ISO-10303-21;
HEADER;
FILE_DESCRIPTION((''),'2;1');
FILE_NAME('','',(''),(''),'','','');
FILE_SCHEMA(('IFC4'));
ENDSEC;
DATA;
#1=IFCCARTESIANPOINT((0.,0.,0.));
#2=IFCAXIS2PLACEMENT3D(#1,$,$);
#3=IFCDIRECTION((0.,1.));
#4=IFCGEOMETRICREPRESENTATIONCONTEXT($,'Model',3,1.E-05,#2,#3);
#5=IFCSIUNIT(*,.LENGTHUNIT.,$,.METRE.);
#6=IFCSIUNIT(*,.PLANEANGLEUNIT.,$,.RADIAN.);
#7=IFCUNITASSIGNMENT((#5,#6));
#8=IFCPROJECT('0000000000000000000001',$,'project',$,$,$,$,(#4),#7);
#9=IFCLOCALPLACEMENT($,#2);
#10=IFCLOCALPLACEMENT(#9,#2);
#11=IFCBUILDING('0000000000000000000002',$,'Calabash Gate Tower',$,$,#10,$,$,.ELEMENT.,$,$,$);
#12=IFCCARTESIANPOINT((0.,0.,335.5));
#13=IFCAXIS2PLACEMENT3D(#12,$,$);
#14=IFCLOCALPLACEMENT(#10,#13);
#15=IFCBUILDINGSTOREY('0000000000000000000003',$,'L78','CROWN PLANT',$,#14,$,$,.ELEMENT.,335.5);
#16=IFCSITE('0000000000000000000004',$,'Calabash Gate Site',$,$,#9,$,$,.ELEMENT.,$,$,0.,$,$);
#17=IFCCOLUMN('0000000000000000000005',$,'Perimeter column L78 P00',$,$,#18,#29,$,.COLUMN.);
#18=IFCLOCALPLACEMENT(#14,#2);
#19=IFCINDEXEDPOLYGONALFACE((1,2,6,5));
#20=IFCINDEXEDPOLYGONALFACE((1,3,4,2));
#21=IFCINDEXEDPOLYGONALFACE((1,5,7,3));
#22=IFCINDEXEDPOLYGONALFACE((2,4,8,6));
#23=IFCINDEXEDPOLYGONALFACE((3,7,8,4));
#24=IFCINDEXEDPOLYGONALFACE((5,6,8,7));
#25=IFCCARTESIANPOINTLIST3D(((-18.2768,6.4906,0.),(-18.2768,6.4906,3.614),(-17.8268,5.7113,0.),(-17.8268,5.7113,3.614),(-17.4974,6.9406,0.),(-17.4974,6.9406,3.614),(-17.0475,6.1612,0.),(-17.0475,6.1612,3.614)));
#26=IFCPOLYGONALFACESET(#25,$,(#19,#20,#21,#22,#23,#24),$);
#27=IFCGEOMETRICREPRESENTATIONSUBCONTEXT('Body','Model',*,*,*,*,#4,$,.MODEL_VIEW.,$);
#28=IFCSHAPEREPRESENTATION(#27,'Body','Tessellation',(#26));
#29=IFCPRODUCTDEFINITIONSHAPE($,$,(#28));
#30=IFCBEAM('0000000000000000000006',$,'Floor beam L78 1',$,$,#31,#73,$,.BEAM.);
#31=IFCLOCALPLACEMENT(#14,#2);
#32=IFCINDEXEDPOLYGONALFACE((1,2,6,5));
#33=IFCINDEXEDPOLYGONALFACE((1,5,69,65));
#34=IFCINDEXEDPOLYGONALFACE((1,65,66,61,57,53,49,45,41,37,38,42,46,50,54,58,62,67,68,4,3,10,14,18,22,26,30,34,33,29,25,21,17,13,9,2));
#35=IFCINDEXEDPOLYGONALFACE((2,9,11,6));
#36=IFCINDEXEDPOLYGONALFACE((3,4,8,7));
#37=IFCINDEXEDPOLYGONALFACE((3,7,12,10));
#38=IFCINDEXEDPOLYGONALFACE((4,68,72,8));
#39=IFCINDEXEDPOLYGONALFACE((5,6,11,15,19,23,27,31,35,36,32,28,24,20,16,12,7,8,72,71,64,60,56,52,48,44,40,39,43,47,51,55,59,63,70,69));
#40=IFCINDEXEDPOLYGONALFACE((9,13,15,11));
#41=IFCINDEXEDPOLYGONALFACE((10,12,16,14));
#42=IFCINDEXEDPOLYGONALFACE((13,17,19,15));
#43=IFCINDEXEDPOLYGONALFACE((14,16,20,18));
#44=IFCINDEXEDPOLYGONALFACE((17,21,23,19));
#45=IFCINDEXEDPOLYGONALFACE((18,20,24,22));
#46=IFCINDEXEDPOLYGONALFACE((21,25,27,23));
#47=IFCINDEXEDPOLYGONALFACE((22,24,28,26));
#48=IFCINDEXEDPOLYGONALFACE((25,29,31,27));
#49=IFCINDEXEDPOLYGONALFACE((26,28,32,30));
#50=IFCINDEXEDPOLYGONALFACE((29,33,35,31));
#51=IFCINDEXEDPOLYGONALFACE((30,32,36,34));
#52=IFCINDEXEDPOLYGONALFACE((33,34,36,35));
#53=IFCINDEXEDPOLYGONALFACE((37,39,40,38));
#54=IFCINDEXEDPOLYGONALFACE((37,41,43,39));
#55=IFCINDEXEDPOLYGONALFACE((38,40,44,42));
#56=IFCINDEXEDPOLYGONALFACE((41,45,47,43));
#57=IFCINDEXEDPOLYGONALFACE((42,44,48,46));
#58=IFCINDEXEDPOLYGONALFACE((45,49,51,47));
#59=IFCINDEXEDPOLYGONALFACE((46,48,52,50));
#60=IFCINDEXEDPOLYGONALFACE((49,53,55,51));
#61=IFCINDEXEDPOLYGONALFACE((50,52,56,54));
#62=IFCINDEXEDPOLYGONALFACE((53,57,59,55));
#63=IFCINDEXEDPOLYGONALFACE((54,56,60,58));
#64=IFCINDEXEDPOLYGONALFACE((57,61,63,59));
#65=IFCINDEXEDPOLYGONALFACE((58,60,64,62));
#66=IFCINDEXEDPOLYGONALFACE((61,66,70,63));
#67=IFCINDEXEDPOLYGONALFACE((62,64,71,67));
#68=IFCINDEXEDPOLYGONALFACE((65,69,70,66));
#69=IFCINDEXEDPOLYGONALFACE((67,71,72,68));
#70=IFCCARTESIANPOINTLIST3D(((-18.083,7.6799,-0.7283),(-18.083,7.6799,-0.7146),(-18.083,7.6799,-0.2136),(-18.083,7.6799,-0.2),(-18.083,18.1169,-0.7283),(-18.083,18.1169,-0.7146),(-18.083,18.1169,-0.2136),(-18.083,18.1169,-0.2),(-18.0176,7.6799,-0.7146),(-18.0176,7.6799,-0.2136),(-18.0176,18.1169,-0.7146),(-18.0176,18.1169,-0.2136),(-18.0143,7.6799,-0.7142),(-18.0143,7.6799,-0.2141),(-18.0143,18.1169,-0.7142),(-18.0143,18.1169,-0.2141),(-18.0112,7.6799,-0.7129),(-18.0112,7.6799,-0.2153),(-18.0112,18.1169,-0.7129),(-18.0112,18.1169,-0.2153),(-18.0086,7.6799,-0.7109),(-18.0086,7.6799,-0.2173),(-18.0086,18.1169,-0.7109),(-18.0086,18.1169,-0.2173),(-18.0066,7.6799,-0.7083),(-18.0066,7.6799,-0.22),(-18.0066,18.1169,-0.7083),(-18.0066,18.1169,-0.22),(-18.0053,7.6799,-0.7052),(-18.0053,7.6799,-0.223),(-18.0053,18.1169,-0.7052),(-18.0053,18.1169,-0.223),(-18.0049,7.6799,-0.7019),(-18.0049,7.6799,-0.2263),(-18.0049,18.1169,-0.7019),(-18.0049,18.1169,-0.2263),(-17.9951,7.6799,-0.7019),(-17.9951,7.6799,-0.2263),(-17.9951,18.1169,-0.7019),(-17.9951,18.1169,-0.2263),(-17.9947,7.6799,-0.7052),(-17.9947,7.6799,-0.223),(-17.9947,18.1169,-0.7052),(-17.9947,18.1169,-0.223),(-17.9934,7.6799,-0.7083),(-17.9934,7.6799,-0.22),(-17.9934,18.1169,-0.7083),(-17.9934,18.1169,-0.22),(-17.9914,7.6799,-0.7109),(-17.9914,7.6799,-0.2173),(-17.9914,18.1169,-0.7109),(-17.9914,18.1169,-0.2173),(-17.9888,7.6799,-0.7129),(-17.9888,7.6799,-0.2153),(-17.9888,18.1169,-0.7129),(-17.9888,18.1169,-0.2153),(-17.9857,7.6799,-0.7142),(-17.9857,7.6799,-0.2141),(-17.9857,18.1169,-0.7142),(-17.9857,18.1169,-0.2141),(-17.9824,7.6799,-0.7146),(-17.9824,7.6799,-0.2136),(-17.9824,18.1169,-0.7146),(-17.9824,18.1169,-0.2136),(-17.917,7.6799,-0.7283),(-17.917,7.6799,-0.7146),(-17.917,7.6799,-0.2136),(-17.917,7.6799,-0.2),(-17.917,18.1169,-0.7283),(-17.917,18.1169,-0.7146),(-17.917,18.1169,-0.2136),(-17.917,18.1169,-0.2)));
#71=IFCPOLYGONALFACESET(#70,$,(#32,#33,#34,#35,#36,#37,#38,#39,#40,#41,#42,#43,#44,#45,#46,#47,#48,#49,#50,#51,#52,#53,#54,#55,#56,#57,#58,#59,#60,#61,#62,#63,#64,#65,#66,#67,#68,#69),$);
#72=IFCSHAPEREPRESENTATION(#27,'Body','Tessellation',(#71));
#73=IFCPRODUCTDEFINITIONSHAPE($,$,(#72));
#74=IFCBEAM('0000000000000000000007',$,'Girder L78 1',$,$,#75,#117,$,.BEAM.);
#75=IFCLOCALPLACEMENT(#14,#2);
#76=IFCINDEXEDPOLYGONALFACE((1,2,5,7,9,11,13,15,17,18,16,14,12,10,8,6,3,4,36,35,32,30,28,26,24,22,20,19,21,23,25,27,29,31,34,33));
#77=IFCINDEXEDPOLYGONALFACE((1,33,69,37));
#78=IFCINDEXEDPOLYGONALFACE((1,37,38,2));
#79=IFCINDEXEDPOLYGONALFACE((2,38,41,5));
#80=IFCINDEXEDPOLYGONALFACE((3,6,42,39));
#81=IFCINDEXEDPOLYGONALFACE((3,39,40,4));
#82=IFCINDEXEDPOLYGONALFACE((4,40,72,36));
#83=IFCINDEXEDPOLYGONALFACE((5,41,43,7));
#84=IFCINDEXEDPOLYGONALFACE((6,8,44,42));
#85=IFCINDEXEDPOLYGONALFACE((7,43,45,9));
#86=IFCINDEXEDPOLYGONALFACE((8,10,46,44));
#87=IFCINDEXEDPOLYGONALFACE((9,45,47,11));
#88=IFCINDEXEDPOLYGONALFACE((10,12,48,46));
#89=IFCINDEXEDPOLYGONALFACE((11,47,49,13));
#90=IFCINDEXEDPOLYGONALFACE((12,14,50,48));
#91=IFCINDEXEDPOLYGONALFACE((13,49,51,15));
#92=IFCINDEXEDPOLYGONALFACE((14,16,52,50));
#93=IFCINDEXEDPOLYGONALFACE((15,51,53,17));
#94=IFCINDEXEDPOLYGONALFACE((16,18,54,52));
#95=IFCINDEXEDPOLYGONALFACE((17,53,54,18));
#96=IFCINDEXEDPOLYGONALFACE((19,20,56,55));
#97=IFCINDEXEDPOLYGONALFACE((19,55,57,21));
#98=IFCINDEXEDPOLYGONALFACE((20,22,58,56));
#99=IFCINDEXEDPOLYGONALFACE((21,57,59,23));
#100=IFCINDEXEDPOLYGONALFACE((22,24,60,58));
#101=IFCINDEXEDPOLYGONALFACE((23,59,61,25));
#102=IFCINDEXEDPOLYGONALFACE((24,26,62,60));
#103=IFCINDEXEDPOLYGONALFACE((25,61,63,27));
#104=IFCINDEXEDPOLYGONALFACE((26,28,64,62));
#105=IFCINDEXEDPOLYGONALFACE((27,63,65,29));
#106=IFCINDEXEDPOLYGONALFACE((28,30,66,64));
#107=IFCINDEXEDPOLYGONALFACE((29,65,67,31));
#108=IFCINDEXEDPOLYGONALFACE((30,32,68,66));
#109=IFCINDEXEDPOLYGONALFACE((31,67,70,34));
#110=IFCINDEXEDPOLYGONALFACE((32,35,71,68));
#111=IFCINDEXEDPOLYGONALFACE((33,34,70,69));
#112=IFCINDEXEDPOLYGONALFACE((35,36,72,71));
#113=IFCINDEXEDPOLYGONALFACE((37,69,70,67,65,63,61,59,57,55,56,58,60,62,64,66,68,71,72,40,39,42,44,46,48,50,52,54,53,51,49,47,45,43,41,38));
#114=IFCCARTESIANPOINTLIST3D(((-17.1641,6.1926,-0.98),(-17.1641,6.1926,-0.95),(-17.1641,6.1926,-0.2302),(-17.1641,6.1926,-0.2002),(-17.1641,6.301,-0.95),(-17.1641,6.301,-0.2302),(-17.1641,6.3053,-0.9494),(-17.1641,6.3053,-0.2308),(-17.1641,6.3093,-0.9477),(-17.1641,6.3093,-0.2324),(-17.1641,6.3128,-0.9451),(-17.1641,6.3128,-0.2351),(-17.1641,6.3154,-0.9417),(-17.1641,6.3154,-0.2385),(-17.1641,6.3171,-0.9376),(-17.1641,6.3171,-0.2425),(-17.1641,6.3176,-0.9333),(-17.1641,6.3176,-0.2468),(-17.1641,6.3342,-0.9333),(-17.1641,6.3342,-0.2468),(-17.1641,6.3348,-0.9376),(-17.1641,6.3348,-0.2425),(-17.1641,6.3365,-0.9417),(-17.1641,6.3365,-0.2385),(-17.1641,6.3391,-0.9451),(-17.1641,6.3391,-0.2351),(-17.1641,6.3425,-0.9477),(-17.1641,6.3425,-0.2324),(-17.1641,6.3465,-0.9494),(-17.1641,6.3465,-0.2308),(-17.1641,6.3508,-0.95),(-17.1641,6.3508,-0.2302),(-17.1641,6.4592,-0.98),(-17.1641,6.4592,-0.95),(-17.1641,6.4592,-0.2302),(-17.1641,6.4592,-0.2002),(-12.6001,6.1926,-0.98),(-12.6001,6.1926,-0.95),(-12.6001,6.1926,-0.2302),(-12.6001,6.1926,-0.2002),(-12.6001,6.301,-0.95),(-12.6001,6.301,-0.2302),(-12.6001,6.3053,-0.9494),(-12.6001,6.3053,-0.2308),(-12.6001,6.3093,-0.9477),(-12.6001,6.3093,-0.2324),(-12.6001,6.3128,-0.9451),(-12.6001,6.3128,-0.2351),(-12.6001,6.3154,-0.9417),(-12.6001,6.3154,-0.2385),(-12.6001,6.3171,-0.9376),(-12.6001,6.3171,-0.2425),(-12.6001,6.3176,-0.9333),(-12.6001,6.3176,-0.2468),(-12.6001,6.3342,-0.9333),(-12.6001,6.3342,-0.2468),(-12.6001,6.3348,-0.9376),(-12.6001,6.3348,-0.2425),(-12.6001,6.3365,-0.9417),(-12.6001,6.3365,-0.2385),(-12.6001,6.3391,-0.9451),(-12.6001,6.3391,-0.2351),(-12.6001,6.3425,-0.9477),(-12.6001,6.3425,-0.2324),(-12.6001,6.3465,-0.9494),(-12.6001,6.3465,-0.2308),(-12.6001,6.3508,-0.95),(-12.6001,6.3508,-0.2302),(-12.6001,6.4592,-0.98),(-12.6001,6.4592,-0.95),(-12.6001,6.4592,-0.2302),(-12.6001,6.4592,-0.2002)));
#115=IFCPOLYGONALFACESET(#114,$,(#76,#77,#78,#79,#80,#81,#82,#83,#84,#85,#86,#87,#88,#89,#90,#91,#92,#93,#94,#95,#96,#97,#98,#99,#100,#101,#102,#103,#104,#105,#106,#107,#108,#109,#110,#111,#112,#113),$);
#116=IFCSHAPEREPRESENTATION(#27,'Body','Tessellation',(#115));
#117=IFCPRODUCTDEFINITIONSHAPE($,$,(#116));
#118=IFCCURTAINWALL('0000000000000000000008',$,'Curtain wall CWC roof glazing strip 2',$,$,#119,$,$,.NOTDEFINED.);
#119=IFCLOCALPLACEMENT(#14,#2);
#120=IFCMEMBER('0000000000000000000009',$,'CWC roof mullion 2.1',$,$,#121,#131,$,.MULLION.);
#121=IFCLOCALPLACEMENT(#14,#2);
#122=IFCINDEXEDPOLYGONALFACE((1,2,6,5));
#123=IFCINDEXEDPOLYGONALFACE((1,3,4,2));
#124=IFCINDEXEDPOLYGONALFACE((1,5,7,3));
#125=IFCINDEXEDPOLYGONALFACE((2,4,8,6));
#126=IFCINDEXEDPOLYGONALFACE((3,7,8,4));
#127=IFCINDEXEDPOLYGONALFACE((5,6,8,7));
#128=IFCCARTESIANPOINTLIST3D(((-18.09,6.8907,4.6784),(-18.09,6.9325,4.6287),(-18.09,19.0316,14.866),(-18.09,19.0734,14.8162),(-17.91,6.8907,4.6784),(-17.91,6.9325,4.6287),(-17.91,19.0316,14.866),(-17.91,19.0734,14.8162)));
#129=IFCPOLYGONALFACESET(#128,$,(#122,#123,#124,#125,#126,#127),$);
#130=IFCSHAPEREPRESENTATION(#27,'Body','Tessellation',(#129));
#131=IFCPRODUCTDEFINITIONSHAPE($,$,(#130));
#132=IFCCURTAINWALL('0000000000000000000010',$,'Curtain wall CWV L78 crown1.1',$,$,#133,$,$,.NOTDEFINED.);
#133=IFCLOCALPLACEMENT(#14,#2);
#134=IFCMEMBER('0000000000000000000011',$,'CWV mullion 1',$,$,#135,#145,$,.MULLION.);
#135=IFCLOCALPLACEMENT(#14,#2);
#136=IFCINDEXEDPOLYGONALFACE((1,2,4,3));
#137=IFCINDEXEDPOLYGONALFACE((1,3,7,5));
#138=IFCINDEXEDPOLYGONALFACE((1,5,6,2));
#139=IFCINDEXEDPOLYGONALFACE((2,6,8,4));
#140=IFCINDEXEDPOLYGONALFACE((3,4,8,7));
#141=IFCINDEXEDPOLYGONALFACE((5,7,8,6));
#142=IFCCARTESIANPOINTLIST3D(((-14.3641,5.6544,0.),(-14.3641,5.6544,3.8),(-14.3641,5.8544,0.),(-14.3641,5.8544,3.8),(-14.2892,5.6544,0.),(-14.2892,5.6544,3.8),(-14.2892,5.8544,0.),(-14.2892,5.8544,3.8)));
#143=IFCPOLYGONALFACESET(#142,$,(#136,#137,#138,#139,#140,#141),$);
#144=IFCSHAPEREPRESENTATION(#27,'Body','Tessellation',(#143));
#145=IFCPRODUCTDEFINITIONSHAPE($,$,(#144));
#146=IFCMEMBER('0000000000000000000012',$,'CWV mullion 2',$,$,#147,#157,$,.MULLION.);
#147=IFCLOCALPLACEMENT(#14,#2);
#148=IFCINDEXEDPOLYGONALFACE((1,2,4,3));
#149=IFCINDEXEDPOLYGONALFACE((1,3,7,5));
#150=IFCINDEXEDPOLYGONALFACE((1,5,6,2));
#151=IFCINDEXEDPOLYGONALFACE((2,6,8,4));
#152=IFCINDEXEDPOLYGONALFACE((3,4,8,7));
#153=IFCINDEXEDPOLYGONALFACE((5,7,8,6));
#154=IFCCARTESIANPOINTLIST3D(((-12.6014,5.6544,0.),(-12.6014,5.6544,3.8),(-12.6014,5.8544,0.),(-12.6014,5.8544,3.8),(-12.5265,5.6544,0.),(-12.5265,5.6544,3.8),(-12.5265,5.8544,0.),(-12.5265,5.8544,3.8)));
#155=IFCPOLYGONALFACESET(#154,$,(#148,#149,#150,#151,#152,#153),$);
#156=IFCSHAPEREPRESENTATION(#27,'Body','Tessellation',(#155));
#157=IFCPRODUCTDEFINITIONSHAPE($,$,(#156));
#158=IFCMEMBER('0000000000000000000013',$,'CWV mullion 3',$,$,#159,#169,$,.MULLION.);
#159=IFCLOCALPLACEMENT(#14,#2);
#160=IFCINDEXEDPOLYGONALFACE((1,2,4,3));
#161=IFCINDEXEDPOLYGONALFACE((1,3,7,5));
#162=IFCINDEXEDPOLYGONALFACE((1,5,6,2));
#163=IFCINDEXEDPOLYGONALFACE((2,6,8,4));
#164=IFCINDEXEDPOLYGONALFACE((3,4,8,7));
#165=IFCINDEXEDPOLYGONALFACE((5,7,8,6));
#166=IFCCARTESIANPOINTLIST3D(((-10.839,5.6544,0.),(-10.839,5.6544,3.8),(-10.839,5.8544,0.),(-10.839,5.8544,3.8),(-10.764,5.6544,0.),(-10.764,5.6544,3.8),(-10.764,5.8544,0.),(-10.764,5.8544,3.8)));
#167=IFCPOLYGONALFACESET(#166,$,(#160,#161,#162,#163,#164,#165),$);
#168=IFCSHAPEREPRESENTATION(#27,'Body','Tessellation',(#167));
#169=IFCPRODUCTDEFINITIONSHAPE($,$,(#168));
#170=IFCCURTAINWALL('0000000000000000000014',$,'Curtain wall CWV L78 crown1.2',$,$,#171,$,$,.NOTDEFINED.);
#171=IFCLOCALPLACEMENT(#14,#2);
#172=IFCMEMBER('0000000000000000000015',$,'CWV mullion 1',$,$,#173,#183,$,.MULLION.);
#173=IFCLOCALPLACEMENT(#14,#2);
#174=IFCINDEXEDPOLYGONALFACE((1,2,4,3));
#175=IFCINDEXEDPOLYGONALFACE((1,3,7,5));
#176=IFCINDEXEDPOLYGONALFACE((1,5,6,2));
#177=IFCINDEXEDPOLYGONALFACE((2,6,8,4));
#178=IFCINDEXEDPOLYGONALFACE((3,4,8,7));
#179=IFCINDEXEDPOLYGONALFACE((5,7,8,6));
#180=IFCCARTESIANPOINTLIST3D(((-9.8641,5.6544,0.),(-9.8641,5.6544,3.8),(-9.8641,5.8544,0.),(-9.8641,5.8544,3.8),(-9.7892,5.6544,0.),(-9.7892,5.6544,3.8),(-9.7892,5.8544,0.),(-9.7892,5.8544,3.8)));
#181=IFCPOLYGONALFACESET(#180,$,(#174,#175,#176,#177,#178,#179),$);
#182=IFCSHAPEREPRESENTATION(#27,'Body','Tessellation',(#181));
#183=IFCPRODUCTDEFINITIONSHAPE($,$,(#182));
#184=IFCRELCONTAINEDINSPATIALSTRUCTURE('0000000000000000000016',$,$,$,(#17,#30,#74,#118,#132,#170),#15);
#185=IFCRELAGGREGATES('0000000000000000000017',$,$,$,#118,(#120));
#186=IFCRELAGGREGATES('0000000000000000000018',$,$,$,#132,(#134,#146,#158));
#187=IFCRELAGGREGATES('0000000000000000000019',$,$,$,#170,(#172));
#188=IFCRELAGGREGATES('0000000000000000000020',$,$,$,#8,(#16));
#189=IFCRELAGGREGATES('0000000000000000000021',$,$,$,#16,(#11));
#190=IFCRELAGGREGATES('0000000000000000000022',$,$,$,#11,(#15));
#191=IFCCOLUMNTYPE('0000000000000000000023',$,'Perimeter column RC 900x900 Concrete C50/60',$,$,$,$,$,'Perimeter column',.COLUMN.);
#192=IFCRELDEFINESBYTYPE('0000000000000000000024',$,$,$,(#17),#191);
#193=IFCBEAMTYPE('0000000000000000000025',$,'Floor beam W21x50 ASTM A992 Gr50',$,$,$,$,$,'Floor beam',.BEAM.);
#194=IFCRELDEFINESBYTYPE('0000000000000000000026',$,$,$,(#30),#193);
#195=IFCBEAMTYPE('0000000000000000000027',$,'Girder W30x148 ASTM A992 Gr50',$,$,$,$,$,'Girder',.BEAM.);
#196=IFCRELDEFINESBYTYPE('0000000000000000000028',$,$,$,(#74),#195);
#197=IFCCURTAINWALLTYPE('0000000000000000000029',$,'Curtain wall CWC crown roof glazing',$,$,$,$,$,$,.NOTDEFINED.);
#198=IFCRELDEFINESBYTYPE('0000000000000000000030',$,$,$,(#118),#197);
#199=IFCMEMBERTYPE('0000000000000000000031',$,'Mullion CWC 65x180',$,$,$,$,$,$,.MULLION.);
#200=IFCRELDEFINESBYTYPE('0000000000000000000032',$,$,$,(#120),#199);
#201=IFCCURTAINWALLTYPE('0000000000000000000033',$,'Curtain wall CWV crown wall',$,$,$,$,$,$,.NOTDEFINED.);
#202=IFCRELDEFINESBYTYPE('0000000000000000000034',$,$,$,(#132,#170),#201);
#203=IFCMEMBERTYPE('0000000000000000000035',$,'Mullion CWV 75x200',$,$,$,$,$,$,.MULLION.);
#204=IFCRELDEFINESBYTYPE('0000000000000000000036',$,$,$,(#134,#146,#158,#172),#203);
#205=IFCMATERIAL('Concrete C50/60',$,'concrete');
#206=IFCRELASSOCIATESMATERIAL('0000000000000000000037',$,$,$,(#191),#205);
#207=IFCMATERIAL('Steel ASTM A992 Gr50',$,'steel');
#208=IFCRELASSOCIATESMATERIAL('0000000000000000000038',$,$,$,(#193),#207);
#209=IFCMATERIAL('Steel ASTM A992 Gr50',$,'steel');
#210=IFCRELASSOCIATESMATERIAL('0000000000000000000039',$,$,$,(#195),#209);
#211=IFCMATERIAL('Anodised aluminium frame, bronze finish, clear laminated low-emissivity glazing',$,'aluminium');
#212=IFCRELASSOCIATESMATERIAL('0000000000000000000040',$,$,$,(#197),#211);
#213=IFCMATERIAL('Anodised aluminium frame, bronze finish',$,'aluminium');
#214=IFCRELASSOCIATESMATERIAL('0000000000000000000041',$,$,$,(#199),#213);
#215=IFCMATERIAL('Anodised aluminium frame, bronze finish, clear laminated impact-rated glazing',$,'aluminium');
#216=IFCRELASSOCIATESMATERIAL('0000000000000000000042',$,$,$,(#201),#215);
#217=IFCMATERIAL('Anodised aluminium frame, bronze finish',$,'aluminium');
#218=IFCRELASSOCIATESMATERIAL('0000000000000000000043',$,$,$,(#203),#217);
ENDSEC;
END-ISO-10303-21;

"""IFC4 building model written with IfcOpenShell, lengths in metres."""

from ifc_helpers import new_model, si_unit, direction, frame, origin, origin_2d, place, context, subcontext, project, spatial, rectangle, i_section, extrude, material, material_profile, profile_set, type_object, element, aggregate, save


model = new_model("IFC4")

# Units and contexts
model_context = context("Model", 3, precision=1e-05, world=origin(), true_north=direction((0.0, 1.0)))
body_context = subcontext(model_context, "Body", "Model", "MODEL_VIEW")
ifc_project = project(units=[si_unit("LENGTHUNIT", "METRE"), si_unit("PLANEANGLEUNIT", "RADIAN")], contexts=[model_context])

# Site, building, storey
site_placement = place(None, origin())
site = spatial("IfcSite", under=ifc_project, at=site_placement, Name="Calabash Gate Site", CompositionType="ELEMENT", RefElevation=0.0)
building_placement = place(site_placement, origin())
building = spatial("IfcBuilding", under=site, at=building_placement, Name="Calabash Gate Tower", CompositionType="ELEMENT")
storey_placement = place(building_placement, frame((0.0, 0.0, 335.5)))
storey = spatial("IfcBuildingStorey", under=building, at=storey_placement, Name="L78", Description="CROWN PLANT", CompositionType="ELEMENT", Elevation=335.5)

# Column
ifc_material_1 = material(Name="Concrete C50/60", Category="concrete")
ifc_material_profile_1 = material_profile(ifc_material_1, rectangle(XDim=0.8999, YDim=0.8999, at=origin_2d()))
ifc_profile_set_1 = profile_set([ifc_material_profile_1], Name="Concrete C50/60")
column_type = type_object("IfcColumnType", Name="Perimeter column RC 900x900 Concrete C50/60", ElementType="Perimeter column", PredefinedType="COLUMN", material=ifc_profile_set_1)
column_placement = place(storey_placement, frame((-17.6621, 6.3259, 0.0), z_axis=(0.0, 0.0, 1.0), x_axis=(0.5, -0.866025, 0.0)))
element("IfcColumn", 1, at=column_placement, inside=storey, type_object=column_type, Name="Perimeter column L78 P00", PredefinedType="COLUMN", context=body_context, shape_type="SweptSolid", body=[
    extrude(rectangle(XDim=0.8999, YDim=0.8999, at=origin_2d()), origin(), (0.0, 0.0, 1.0), 3.614),
])

# Beams
ifc_material_2 = material(Name="Steel ASTM A992 Gr50", Category="steel")
ifc_material_profile_2 = material_profile(ifc_material_2, i_section(OverallWidth=0.166, OverallDepth=0.5283, WebThickness=0.0098, FlangeThickness=0.0137, FilletRadius=0.0127, at=origin_2d()))
ifc_profile_set_2 = profile_set([ifc_material_profile_2], Name="Steel ASTM A992 Gr50")
beam_type_1 = type_object("IfcBeamType", Name="Floor beam W21x50 ASTM A992 Gr50", ElementType="Floor beam", PredefinedType="BEAM", material=ifc_profile_set_2)
beam_1_placement = place(storey_placement, frame((-18.0, 7.6799, -0.4641), z_axis=(0.0, 1.0, 0.0), x_axis=(-1.0, 0.0, 0.0)))
element("IfcBeam", 2, at=beam_1_placement, inside=storey, type_object=beam_type_1, Name="Floor beam L78 1", PredefinedType="BEAM", context=body_context, shape_type="SweptSolid", body=[
    extrude(i_section(OverallWidth=0.166, OverallDepth=0.5283, WebThickness=0.0098, FlangeThickness=0.0137, FilletRadius=0.0127, at=origin_2d()), origin(), (0.0, 0.0, 1.0), 10.437),
])
ifc_material_3 = material(Name="Steel ASTM A992 Gr50", Category="steel")
ifc_material_profile_3 = material_profile(ifc_material_3, i_section(OverallWidth=0.2666, OverallDepth=0.7798, WebThickness=0.0166, FlangeThickness=0.03, FilletRadius=0.0166, at=origin_2d()))
ifc_profile_set_3 = profile_set([ifc_material_profile_3], Name="Steel ASTM A992 Gr50")
beam_type_2 = type_object("IfcBeamType", Name="Girder W30x148 ASTM A992 Gr50", ElementType="Girder", PredefinedType="BEAM", material=ifc_profile_set_3)
beam_2_placement = place(storey_placement, frame((-17.1641, 6.3259, -0.5901), z_axis=(1.0, 0.0, 0.0), x_axis=(0.0, 1.0, 0.0)))
element("IfcBeam", 3, at=beam_2_placement, inside=storey, type_object=beam_type_2, Name="Girder L78 1", PredefinedType="BEAM", context=body_context, shape_type="SweptSolid", body=[
    extrude(i_section(OverallWidth=0.2666, OverallDepth=0.7798, WebThickness=0.0166, FlangeThickness=0.03, FilletRadius=0.0166, at=origin_2d()), origin(), (0.0, 0.0, 1.0), 4.564),
])

# Curtain wall, member
ifc_material_4 = material(Name="Anodised aluminium frame, bronze finish, clear laminated low-emissivity glazing", Category="aluminium")
curtain_wall_type_1 = type_object("IfcCurtainWallType", Name="Curtain wall CWC crown roof glazing", PredefinedType="NOTDEFINED", material=ifc_material_4)
curtain_wall_1_placement = place(storey_placement, origin())
curtain_wall_1 = element("IfcCurtainWall", 4, at=curtain_wall_1_placement, inside=storey, type_object=curtain_wall_type_1, Name="Curtain wall CWC roof glazing strip 2", PredefinedType="NOTDEFINED")
ifc_material_5 = material(Name="Anodised aluminium frame, bronze finish", Category="aluminium")
ifc_material_profile_4 = material_profile(ifc_material_5, rectangle(XDim=0.1799, YDim=0.0649, at=origin_2d()))
ifc_profile_set_4 = profile_set([ifc_material_profile_4], Name="Anodised aluminium frame, bronze finish")
member_type_1 = type_object("IfcMemberType", Name="Mullion CWC 65x180", PredefinedType="MULLION", material=ifc_profile_set_4)
member_1_placement = place(storey_placement, frame((-18.0, 6.9116, 4.6536), z_axis=(0.0, 0.766041, 0.642791), x_axis=(-1.0, 0.0, 0.0)))
member_1 = element("IfcMember", 5, at=member_1_placement, type_object=member_type_1, Name="CWC roof mullion 2.1", PredefinedType="MULLION", context=body_context, shape_type="SweptSolid", body=[
    extrude(rectangle(XDim=0.1799, YDim=0.0649, at=origin_2d()), origin(), (0.0, 0.0, 1.0), 15.8489),
])

# Curtain wall, members
ifc_material_6 = material(Name="Anodised aluminium frame, bronze finish, clear laminated impact-rated glazing", Category="aluminium")
curtain_wall_type_2 = type_object("IfcCurtainWallType", Name="Curtain wall CWV crown wall", PredefinedType="NOTDEFINED", material=ifc_material_6)
curtain_wall_2_placement = place(storey_placement, origin())
curtain_wall_2 = element("IfcCurtainWall", 6, at=curtain_wall_2_placement, inside=storey, type_object=curtain_wall_type_2, Name="Curtain wall CWV L78 crown1.1", PredefinedType="NOTDEFINED")
ifc_material_7 = material(Name="Anodised aluminium frame, bronze finish", Category="aluminium")
ifc_material_profile_5 = material_profile(ifc_material_7, rectangle(XDim=0.2, YDim=0.075, at=origin_2d()))
ifc_profile_set_5 = profile_set([ifc_material_profile_5], Name="Anodised aluminium frame, bronze finish")
member_type_2 = type_object("IfcMemberType", Name="Mullion CWV 75x200", PredefinedType="MULLION", material=ifc_profile_set_5)
member_2_placement = place(storey_placement, frame((-14.3267, 5.7544, 0.0), z_axis=(0.0, 0.0, 1.0), x_axis=(0.0, 1.0, 0.0)))
member_2 = element("IfcMember", 7, at=member_2_placement, type_object=member_type_2, Name="CWV mullion 1", PredefinedType="MULLION", context=body_context, shape_type="SweptSolid", body=[
    extrude(rectangle(XDim=0.2, YDim=0.075, at=origin_2d()), origin(), (0.0, 0.0, 1.0), 3.8),
])
member_3_placement = place(storey_placement, frame((-12.564, 5.7544, 0.0), z_axis=(0.0, 0.0, 1.0), x_axis=(0.0, 1.0, 0.0)))
member_3 = element("IfcMember", 8, at=member_3_placement, type_object=member_type_2, Name="CWV mullion 2", PredefinedType="MULLION", context=body_context, shape_type="SweptSolid", body=[
    extrude(rectangle(XDim=0.2, YDim=0.075, at=origin_2d()), origin(), (0.0, 0.0, 1.0), 3.8),
])
member_4_placement = place(storey_placement, frame((-10.8015, 5.7544, 0.0), z_axis=(0.0, 0.0, 1.0), x_axis=(0.0, 1.0, 0.0)))
member_4 = element("IfcMember", 9, at=member_4_placement, type_object=member_type_2, Name="CWV mullion 3", PredefinedType="MULLION", context=body_context, shape_type="SweptSolid", body=[
    extrude(rectangle(XDim=0.2, YDim=0.075, at=origin_2d()), origin(), (0.0, 0.0, 1.0), 3.8),
])

# Curtain wall, member
curtain_wall_3_placement = place(storey_placement, origin())
curtain_wall_3 = element("IfcCurtainWall", 10, at=curtain_wall_3_placement, inside=storey, type_object=curtain_wall_type_2, Name="Curtain wall CWV L78 crown1.2", PredefinedType="NOTDEFINED")
member_5_placement = place(storey_placement, frame((-9.8267, 5.7544, 0.0), z_axis=(0.0, 0.0, 1.0), x_axis=(0.0, 1.0, 0.0)))
member_5 = element("IfcMember", 11, at=member_5_placement, type_object=member_type_2, Name="CWV mullion 1", PredefinedType="MULLION", context=body_context, shape_type="SweptSolid", body=[
    extrude(rectangle(XDim=0.2, YDim=0.075, at=origin_2d()), origin(), (0.0, 0.0, 1.0), 3.8),
])

aggregate(curtain_wall_1, [member_1])
aggregate(curtain_wall_2, [member_2, member_3, member_4])
aggregate(curtain_wall_3, [member_5])

save(model, "model.ifc")
